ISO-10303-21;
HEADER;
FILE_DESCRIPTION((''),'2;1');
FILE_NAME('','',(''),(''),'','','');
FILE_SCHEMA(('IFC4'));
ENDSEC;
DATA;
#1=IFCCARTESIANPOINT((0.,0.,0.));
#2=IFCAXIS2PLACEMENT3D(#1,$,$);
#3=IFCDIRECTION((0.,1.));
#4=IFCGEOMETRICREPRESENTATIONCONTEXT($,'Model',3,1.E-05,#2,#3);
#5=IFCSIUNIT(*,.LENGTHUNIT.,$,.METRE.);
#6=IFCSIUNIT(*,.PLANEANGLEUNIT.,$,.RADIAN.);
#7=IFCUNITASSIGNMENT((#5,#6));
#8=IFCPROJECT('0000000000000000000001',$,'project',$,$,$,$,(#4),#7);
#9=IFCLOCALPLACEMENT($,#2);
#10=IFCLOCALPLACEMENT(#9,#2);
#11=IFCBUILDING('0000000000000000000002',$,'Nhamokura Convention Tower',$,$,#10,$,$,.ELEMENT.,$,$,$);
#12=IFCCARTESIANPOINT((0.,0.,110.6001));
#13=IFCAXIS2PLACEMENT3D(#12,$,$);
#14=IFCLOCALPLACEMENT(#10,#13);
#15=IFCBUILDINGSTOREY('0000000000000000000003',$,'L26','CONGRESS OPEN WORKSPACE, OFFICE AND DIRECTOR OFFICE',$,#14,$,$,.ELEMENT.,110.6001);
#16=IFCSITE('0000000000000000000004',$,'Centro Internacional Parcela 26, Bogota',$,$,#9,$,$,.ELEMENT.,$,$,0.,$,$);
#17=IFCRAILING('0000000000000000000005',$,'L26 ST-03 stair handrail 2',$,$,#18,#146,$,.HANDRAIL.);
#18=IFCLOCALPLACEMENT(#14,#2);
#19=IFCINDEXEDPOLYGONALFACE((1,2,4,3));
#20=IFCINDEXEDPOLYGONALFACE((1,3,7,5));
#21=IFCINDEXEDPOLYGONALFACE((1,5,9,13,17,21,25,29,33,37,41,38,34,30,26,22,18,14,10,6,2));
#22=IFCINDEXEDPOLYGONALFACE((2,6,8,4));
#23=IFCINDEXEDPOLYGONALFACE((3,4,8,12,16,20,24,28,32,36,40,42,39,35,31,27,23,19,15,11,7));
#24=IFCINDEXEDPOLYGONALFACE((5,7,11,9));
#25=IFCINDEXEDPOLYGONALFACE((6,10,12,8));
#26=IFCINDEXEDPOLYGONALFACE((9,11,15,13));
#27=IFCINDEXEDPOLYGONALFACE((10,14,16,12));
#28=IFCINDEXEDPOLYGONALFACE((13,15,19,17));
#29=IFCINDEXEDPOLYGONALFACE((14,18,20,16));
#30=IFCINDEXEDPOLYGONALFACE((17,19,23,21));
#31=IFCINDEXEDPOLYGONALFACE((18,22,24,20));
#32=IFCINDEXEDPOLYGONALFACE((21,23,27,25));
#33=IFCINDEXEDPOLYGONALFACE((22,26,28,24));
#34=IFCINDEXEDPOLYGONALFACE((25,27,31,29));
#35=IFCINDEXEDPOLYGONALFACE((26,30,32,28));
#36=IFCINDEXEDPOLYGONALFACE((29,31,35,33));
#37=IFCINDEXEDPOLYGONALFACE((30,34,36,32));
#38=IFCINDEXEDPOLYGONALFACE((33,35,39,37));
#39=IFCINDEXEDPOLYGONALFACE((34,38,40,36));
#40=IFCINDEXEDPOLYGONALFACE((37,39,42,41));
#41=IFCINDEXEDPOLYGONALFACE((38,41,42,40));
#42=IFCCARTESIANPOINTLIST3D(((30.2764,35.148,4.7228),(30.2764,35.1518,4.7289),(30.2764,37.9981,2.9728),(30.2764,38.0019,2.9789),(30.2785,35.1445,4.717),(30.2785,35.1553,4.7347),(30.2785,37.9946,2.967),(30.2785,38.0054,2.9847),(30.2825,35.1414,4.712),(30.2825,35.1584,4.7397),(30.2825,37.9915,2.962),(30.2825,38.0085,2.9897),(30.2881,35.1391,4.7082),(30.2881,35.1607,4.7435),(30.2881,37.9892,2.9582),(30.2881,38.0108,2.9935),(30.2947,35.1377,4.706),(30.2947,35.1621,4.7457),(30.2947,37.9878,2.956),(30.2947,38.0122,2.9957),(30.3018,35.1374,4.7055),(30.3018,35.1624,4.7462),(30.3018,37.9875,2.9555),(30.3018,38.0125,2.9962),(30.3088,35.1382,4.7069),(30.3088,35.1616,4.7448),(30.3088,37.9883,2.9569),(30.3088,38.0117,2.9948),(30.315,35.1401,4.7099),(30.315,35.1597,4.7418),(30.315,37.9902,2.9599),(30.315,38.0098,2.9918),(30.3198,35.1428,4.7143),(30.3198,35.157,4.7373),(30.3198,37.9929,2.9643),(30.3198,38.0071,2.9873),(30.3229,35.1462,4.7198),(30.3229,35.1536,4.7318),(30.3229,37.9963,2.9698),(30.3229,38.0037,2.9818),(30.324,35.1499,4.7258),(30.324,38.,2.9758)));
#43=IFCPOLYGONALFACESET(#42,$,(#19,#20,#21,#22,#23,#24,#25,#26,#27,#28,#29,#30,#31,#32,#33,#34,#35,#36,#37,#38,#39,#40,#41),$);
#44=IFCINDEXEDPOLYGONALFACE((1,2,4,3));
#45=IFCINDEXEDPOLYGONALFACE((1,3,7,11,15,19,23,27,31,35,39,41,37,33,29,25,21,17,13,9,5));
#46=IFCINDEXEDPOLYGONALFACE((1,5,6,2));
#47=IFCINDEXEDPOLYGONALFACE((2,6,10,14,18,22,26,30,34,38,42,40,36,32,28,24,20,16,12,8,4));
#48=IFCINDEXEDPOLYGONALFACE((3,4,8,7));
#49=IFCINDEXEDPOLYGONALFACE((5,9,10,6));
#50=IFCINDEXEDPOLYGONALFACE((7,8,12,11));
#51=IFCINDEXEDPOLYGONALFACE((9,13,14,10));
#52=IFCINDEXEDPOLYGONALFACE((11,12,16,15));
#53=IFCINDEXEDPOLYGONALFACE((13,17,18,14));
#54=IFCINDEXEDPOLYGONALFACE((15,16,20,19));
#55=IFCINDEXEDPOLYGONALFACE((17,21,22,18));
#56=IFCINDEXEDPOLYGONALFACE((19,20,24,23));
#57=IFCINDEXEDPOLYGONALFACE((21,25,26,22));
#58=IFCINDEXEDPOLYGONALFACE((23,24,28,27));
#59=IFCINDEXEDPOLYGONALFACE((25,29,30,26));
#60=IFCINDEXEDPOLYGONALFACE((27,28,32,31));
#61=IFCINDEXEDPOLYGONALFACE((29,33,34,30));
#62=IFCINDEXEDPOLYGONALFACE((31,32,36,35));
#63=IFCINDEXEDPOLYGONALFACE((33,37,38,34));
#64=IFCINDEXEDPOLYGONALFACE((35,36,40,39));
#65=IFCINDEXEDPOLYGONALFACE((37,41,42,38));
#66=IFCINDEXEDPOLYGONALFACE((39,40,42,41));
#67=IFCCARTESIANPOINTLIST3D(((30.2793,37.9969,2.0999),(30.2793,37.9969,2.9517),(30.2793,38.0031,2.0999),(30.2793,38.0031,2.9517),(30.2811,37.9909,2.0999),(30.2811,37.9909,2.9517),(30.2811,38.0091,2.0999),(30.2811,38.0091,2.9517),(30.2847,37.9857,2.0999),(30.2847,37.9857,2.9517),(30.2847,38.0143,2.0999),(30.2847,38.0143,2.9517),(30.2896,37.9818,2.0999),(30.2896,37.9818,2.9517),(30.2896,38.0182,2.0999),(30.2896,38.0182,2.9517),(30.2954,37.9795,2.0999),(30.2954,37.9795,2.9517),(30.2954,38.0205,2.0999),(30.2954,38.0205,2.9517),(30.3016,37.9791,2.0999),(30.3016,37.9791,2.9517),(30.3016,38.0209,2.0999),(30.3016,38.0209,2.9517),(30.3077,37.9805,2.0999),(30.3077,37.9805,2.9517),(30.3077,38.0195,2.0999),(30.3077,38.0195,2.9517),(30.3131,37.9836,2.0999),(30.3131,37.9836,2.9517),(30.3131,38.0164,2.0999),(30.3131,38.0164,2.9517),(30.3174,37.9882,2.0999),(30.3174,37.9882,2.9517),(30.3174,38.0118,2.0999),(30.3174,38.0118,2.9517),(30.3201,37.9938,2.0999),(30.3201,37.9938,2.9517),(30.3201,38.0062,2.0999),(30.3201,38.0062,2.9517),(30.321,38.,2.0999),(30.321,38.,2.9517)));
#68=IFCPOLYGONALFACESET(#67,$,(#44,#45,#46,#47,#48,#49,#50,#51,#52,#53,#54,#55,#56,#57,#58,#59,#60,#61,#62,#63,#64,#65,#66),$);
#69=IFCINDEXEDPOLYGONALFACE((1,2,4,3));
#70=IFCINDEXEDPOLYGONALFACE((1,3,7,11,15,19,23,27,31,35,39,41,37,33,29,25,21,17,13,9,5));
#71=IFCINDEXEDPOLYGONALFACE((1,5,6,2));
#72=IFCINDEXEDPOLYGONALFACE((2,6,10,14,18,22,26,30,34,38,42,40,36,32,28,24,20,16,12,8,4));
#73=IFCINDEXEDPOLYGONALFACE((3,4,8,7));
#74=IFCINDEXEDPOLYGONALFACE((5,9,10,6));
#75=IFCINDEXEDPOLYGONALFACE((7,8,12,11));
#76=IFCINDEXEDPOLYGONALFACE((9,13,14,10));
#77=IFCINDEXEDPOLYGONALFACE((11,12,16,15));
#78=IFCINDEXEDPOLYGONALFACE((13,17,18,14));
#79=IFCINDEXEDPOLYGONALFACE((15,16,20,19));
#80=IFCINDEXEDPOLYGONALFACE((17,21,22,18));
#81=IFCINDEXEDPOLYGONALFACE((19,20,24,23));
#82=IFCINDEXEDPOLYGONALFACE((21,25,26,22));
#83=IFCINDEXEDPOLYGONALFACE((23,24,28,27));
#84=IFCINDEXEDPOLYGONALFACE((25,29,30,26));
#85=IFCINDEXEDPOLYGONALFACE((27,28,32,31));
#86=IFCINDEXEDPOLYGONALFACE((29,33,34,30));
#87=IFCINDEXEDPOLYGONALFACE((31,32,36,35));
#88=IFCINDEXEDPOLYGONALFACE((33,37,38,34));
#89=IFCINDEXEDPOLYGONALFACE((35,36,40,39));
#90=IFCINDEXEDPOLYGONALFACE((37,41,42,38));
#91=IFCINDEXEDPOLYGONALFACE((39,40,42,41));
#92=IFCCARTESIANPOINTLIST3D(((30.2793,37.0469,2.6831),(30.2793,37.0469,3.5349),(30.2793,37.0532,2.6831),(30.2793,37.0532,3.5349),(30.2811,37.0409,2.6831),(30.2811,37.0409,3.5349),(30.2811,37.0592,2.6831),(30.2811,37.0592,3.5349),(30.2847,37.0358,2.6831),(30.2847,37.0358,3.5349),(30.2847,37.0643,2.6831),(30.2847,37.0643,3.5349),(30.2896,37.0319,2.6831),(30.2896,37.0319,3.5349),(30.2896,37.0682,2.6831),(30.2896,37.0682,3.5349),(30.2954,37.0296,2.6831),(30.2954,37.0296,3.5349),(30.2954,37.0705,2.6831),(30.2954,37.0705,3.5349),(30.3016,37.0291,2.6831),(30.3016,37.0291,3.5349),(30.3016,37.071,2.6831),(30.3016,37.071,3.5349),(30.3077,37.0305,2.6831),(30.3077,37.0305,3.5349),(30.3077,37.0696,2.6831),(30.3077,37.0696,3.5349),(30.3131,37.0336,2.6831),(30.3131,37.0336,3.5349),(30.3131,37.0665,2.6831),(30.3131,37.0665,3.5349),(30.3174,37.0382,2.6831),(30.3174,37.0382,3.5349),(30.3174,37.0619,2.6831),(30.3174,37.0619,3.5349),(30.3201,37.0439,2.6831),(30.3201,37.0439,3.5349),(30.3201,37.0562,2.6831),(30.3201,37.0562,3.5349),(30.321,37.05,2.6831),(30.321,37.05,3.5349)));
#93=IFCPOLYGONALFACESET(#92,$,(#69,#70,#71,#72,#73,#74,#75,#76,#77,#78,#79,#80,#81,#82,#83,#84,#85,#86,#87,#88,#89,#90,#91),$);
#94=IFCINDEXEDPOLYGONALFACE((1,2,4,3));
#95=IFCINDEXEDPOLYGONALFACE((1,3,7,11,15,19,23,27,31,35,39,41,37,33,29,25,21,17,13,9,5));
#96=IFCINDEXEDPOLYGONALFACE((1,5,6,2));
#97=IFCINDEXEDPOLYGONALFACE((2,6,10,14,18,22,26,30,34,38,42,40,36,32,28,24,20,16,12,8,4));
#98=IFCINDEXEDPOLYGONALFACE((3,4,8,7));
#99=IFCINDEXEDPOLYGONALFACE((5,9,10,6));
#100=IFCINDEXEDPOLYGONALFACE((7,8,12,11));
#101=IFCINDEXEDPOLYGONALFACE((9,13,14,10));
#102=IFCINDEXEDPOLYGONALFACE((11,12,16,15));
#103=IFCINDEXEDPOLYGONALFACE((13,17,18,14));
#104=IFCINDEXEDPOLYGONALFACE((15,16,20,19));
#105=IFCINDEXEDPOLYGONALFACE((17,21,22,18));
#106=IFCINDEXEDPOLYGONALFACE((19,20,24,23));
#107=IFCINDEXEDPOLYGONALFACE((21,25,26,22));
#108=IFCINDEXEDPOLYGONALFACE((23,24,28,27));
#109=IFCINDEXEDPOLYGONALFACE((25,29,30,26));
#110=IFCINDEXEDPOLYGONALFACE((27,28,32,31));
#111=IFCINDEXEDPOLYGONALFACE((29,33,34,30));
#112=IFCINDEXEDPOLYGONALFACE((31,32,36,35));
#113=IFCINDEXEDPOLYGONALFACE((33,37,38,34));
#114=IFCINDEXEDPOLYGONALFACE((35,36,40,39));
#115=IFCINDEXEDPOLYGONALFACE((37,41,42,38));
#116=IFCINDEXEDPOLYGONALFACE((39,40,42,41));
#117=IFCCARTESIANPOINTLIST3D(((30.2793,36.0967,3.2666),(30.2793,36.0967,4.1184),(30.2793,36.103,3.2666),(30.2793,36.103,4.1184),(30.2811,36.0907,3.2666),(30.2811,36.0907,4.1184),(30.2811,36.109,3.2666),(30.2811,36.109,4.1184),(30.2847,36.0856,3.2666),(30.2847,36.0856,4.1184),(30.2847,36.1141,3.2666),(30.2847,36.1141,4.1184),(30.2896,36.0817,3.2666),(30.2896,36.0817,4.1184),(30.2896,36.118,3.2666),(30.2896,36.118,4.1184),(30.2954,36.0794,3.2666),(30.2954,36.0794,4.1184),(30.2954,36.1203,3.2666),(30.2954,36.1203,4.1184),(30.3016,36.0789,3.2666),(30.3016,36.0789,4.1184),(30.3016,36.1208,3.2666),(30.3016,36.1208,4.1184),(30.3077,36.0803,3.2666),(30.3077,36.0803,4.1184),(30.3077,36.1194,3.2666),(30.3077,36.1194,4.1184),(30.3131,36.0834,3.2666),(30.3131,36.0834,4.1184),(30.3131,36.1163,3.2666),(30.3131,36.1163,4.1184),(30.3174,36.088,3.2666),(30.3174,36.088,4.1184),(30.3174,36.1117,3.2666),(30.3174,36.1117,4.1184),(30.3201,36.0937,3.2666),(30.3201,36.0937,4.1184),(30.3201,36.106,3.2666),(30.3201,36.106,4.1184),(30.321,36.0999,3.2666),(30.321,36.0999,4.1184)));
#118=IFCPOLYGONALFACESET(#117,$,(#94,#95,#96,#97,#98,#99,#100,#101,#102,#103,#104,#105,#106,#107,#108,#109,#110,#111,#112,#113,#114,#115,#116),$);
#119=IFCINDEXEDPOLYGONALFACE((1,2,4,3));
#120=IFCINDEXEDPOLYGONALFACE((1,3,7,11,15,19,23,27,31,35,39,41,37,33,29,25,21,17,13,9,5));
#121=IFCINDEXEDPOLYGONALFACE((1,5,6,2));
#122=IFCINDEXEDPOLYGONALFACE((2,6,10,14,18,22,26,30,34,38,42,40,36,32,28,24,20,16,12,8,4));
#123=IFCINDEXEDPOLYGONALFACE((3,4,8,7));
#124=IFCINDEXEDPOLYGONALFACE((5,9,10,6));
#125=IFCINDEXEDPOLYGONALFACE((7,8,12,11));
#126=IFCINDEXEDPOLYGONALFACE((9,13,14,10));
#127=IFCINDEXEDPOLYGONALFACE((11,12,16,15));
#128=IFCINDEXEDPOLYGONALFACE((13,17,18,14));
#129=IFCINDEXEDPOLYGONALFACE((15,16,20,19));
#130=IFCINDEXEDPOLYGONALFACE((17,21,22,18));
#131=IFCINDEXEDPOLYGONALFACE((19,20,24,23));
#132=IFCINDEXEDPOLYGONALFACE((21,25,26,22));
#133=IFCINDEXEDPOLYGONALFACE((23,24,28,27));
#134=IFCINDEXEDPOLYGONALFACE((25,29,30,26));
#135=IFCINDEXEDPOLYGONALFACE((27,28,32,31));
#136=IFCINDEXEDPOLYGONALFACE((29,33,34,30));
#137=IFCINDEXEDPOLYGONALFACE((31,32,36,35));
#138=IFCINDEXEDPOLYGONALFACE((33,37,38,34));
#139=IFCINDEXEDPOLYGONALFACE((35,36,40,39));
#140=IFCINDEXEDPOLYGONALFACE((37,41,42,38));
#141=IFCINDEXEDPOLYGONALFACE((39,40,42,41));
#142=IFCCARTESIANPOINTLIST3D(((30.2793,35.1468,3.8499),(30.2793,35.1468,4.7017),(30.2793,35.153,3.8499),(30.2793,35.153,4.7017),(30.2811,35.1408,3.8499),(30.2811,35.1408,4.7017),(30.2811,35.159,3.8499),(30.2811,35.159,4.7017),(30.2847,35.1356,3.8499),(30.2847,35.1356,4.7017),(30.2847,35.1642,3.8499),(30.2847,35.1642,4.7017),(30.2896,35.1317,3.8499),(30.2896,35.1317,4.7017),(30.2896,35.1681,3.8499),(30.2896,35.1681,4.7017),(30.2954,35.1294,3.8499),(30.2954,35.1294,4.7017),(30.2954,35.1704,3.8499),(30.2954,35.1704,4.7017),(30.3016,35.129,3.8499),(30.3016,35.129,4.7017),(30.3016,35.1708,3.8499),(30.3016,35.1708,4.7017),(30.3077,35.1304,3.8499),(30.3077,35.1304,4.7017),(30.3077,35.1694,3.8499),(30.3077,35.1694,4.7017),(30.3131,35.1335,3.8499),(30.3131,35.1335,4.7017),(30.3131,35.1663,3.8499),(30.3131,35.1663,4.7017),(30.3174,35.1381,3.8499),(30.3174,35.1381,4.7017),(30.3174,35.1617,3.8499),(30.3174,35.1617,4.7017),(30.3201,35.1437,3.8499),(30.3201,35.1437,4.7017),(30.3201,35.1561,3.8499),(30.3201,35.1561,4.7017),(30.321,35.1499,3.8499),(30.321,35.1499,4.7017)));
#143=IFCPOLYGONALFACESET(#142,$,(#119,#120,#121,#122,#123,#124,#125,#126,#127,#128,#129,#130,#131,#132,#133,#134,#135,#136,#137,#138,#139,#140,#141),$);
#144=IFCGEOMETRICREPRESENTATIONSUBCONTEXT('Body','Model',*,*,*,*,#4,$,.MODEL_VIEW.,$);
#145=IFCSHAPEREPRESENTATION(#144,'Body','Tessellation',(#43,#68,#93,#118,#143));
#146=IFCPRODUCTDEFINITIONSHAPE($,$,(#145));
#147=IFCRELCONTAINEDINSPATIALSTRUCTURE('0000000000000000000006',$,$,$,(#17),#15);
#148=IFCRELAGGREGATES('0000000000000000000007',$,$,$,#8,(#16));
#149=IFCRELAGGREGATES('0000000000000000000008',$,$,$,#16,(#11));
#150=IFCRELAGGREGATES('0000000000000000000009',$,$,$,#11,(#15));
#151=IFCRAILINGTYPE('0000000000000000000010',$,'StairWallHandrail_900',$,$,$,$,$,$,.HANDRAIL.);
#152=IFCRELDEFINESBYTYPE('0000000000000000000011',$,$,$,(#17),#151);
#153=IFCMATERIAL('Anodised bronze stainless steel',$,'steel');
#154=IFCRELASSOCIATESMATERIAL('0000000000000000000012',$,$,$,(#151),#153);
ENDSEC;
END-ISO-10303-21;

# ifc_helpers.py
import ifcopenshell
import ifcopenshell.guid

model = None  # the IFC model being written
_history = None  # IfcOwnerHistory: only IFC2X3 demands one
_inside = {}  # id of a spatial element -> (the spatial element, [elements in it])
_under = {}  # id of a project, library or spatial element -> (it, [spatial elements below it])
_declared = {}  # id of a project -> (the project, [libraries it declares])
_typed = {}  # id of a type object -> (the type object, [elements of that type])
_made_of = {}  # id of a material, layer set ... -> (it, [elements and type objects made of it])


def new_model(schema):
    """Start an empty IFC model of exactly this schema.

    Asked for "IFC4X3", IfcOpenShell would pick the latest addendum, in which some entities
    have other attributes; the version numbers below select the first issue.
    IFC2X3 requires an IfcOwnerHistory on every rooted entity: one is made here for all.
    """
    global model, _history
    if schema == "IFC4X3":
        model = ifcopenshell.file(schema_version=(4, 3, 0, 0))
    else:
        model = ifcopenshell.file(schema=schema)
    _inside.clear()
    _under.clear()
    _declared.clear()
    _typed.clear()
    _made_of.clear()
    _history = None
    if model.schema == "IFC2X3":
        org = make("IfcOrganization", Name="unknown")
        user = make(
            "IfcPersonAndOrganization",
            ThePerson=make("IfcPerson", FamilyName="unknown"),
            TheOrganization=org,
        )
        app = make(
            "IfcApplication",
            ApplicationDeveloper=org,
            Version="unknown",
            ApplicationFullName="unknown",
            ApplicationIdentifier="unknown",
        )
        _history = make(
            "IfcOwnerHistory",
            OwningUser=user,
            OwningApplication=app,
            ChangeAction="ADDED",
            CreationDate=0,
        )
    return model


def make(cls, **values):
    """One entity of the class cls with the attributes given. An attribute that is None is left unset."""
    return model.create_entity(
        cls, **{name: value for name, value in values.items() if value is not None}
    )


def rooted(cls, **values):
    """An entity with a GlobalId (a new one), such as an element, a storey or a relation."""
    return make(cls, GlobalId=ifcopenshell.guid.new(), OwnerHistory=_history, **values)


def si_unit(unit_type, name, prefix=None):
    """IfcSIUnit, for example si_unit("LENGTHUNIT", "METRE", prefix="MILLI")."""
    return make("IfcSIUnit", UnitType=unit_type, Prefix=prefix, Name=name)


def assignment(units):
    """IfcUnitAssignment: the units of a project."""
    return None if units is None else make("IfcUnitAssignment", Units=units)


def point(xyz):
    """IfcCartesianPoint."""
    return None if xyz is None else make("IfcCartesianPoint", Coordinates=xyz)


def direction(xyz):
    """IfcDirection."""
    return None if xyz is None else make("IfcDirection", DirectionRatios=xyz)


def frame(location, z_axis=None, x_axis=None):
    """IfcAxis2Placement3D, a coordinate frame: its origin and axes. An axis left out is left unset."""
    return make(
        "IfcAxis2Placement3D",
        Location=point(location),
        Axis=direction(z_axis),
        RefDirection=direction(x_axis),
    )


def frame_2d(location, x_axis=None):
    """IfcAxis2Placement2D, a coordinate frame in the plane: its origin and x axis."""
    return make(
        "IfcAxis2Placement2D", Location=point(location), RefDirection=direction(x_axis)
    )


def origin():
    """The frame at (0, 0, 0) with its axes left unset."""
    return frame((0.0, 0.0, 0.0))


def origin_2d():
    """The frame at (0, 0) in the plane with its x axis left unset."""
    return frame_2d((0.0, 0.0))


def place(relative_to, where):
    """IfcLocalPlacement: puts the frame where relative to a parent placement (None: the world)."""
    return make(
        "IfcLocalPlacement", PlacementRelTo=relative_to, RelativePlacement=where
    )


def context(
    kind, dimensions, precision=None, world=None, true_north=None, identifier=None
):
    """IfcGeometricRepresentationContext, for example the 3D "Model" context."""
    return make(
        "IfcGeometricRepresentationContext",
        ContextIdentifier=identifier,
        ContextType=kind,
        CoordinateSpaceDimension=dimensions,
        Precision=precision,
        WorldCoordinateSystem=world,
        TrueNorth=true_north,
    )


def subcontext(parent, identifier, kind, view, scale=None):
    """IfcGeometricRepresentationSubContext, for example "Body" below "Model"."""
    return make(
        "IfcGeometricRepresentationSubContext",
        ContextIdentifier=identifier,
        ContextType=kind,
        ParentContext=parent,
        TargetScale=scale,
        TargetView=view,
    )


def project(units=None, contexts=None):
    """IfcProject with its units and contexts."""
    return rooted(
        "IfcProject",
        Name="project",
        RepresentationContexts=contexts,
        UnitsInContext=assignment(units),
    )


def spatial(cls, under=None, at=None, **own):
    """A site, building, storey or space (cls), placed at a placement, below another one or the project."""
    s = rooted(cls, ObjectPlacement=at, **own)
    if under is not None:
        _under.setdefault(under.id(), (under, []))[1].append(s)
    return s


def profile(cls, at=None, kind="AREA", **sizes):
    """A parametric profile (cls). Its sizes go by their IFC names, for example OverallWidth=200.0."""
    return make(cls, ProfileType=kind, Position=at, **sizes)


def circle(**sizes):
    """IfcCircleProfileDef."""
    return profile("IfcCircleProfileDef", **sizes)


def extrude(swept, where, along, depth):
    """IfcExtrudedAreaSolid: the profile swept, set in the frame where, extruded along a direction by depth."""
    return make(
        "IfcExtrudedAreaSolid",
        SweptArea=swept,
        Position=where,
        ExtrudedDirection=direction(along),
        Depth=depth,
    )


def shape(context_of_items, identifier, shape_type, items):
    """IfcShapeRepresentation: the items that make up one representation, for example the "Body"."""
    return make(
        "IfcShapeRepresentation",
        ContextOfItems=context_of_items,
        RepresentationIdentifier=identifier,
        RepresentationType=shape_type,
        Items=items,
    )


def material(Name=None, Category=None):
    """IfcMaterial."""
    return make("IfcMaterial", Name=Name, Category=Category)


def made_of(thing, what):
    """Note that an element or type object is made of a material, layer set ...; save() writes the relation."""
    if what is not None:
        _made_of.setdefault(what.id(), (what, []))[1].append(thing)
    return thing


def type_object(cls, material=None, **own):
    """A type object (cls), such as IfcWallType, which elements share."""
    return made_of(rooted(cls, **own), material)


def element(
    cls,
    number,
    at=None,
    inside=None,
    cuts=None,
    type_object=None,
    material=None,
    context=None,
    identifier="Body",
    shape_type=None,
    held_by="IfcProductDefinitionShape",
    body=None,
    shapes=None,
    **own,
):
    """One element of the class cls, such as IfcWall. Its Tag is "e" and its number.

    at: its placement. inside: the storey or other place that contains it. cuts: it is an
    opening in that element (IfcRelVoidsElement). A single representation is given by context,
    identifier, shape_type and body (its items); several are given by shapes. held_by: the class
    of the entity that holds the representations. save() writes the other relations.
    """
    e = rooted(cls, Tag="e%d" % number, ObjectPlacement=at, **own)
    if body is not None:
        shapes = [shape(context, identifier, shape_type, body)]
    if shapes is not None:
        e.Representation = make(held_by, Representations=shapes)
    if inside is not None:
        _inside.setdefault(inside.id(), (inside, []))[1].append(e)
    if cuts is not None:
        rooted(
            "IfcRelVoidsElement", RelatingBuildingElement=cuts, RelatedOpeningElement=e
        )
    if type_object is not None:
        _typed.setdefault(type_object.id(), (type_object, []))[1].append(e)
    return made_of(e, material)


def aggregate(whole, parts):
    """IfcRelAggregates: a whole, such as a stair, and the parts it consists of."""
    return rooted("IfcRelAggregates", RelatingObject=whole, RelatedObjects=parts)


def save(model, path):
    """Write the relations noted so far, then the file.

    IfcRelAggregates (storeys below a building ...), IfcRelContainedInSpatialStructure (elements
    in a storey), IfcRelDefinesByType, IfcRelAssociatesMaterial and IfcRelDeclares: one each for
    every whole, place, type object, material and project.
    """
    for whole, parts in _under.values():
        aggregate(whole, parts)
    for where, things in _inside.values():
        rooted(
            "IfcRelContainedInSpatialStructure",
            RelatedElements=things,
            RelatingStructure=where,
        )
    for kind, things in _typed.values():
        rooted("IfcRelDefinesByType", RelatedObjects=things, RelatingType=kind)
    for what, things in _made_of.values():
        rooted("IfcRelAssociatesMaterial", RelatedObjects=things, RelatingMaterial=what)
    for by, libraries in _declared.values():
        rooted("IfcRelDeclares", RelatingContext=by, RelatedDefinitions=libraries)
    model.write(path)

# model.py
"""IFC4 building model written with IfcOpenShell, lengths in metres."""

from ifc_helpers import new_model, si_unit, direction, frame, origin, origin_2d, place, context, subcontext, project, spatial, circle, extrude, material, type_object, element, save


model = new_model("IFC4")

# Units and contexts
model_context = context("Model", 3, precision=1e-05, world=origin(), true_north=direction((0.0, 1.0)))
body_context = subcontext(model_context, "Body", "Model", "MODEL_VIEW")
ifc_project = project(units=[si_unit("LENGTHUNIT", "METRE"), si_unit("PLANEANGLEUNIT", "RADIAN")], contexts=[model_context])

# Site, building, storey
site_placement = place(None, origin())
site = spatial("IfcSite", under=ifc_project, at=site_placement, Name="Centro Internacional Parcela 26, Bogota", CompositionType="ELEMENT", RefElevation=0.0)
building_placement = place(site_placement, origin())
building = spatial("IfcBuilding", under=site, at=building_placement, Name="Nhamokura Convention Tower", CompositionType="ELEMENT")
storey_placement = place(building_placement, frame((0.0, 0.0, 110.6001)))
storey = spatial("IfcBuildingStorey", under=building, at=storey_placement, Name="L26", Description="CONGRESS OPEN WORKSPACE, OFFICE AND DIRECTOR OFFICE", CompositionType="ELEMENT", Elevation=110.6001)

# Railing
ifc_material_1 = material(Name="Anodised bronze stainless steel", Category="steel")
railing_type_1 = type_object("IfcRailingType", Name="StairWallHandrail_900", PredefinedType="HANDRAIL", material=ifc_material_1)
railing_1_placement = place(storey_placement, frame((30.3, 38.0, 2.0999)))
element("IfcRailing", 1, at=railing_1_placement, inside=storey, type_object=railing_type_1, Name="L26 ST-03 stair handrail 2", PredefinedType="HANDRAIL", context=body_context, shape_type="SweptSolid", body=[
    extrude(circle(Radius=0.0239, at=origin_2d()), frame((0.0, 0.0, 0.876), z_axis=(0.0, -0.852179, 0.52325), x_axis=(1.0, 0.0, 0.0)), (0.0, 0.0, 1.0), 3.3445),
    extrude(circle(Radius=0.021, at=origin_2d()), origin(), (0.0, 0.0, 1.0), 0.8518),
    extrude(circle(Radius=0.021, at=origin_2d()), frame((0.0, -0.95, 0.5833)), (0.0, 0.0, 1.0), 0.8518),
    extrude(circle(Radius=0.021, at=origin_2d()), frame((0.0, -1.9001, 1.1667)), (0.0, 0.0, 1.0), 0.8518),
    extrude(circle(Radius=0.021, at=origin_2d()), frame((0.0, -2.8501, 1.75)), (0.0, 0.0, 1.0), 0.8518),
])

save(model, "model.ifc")
